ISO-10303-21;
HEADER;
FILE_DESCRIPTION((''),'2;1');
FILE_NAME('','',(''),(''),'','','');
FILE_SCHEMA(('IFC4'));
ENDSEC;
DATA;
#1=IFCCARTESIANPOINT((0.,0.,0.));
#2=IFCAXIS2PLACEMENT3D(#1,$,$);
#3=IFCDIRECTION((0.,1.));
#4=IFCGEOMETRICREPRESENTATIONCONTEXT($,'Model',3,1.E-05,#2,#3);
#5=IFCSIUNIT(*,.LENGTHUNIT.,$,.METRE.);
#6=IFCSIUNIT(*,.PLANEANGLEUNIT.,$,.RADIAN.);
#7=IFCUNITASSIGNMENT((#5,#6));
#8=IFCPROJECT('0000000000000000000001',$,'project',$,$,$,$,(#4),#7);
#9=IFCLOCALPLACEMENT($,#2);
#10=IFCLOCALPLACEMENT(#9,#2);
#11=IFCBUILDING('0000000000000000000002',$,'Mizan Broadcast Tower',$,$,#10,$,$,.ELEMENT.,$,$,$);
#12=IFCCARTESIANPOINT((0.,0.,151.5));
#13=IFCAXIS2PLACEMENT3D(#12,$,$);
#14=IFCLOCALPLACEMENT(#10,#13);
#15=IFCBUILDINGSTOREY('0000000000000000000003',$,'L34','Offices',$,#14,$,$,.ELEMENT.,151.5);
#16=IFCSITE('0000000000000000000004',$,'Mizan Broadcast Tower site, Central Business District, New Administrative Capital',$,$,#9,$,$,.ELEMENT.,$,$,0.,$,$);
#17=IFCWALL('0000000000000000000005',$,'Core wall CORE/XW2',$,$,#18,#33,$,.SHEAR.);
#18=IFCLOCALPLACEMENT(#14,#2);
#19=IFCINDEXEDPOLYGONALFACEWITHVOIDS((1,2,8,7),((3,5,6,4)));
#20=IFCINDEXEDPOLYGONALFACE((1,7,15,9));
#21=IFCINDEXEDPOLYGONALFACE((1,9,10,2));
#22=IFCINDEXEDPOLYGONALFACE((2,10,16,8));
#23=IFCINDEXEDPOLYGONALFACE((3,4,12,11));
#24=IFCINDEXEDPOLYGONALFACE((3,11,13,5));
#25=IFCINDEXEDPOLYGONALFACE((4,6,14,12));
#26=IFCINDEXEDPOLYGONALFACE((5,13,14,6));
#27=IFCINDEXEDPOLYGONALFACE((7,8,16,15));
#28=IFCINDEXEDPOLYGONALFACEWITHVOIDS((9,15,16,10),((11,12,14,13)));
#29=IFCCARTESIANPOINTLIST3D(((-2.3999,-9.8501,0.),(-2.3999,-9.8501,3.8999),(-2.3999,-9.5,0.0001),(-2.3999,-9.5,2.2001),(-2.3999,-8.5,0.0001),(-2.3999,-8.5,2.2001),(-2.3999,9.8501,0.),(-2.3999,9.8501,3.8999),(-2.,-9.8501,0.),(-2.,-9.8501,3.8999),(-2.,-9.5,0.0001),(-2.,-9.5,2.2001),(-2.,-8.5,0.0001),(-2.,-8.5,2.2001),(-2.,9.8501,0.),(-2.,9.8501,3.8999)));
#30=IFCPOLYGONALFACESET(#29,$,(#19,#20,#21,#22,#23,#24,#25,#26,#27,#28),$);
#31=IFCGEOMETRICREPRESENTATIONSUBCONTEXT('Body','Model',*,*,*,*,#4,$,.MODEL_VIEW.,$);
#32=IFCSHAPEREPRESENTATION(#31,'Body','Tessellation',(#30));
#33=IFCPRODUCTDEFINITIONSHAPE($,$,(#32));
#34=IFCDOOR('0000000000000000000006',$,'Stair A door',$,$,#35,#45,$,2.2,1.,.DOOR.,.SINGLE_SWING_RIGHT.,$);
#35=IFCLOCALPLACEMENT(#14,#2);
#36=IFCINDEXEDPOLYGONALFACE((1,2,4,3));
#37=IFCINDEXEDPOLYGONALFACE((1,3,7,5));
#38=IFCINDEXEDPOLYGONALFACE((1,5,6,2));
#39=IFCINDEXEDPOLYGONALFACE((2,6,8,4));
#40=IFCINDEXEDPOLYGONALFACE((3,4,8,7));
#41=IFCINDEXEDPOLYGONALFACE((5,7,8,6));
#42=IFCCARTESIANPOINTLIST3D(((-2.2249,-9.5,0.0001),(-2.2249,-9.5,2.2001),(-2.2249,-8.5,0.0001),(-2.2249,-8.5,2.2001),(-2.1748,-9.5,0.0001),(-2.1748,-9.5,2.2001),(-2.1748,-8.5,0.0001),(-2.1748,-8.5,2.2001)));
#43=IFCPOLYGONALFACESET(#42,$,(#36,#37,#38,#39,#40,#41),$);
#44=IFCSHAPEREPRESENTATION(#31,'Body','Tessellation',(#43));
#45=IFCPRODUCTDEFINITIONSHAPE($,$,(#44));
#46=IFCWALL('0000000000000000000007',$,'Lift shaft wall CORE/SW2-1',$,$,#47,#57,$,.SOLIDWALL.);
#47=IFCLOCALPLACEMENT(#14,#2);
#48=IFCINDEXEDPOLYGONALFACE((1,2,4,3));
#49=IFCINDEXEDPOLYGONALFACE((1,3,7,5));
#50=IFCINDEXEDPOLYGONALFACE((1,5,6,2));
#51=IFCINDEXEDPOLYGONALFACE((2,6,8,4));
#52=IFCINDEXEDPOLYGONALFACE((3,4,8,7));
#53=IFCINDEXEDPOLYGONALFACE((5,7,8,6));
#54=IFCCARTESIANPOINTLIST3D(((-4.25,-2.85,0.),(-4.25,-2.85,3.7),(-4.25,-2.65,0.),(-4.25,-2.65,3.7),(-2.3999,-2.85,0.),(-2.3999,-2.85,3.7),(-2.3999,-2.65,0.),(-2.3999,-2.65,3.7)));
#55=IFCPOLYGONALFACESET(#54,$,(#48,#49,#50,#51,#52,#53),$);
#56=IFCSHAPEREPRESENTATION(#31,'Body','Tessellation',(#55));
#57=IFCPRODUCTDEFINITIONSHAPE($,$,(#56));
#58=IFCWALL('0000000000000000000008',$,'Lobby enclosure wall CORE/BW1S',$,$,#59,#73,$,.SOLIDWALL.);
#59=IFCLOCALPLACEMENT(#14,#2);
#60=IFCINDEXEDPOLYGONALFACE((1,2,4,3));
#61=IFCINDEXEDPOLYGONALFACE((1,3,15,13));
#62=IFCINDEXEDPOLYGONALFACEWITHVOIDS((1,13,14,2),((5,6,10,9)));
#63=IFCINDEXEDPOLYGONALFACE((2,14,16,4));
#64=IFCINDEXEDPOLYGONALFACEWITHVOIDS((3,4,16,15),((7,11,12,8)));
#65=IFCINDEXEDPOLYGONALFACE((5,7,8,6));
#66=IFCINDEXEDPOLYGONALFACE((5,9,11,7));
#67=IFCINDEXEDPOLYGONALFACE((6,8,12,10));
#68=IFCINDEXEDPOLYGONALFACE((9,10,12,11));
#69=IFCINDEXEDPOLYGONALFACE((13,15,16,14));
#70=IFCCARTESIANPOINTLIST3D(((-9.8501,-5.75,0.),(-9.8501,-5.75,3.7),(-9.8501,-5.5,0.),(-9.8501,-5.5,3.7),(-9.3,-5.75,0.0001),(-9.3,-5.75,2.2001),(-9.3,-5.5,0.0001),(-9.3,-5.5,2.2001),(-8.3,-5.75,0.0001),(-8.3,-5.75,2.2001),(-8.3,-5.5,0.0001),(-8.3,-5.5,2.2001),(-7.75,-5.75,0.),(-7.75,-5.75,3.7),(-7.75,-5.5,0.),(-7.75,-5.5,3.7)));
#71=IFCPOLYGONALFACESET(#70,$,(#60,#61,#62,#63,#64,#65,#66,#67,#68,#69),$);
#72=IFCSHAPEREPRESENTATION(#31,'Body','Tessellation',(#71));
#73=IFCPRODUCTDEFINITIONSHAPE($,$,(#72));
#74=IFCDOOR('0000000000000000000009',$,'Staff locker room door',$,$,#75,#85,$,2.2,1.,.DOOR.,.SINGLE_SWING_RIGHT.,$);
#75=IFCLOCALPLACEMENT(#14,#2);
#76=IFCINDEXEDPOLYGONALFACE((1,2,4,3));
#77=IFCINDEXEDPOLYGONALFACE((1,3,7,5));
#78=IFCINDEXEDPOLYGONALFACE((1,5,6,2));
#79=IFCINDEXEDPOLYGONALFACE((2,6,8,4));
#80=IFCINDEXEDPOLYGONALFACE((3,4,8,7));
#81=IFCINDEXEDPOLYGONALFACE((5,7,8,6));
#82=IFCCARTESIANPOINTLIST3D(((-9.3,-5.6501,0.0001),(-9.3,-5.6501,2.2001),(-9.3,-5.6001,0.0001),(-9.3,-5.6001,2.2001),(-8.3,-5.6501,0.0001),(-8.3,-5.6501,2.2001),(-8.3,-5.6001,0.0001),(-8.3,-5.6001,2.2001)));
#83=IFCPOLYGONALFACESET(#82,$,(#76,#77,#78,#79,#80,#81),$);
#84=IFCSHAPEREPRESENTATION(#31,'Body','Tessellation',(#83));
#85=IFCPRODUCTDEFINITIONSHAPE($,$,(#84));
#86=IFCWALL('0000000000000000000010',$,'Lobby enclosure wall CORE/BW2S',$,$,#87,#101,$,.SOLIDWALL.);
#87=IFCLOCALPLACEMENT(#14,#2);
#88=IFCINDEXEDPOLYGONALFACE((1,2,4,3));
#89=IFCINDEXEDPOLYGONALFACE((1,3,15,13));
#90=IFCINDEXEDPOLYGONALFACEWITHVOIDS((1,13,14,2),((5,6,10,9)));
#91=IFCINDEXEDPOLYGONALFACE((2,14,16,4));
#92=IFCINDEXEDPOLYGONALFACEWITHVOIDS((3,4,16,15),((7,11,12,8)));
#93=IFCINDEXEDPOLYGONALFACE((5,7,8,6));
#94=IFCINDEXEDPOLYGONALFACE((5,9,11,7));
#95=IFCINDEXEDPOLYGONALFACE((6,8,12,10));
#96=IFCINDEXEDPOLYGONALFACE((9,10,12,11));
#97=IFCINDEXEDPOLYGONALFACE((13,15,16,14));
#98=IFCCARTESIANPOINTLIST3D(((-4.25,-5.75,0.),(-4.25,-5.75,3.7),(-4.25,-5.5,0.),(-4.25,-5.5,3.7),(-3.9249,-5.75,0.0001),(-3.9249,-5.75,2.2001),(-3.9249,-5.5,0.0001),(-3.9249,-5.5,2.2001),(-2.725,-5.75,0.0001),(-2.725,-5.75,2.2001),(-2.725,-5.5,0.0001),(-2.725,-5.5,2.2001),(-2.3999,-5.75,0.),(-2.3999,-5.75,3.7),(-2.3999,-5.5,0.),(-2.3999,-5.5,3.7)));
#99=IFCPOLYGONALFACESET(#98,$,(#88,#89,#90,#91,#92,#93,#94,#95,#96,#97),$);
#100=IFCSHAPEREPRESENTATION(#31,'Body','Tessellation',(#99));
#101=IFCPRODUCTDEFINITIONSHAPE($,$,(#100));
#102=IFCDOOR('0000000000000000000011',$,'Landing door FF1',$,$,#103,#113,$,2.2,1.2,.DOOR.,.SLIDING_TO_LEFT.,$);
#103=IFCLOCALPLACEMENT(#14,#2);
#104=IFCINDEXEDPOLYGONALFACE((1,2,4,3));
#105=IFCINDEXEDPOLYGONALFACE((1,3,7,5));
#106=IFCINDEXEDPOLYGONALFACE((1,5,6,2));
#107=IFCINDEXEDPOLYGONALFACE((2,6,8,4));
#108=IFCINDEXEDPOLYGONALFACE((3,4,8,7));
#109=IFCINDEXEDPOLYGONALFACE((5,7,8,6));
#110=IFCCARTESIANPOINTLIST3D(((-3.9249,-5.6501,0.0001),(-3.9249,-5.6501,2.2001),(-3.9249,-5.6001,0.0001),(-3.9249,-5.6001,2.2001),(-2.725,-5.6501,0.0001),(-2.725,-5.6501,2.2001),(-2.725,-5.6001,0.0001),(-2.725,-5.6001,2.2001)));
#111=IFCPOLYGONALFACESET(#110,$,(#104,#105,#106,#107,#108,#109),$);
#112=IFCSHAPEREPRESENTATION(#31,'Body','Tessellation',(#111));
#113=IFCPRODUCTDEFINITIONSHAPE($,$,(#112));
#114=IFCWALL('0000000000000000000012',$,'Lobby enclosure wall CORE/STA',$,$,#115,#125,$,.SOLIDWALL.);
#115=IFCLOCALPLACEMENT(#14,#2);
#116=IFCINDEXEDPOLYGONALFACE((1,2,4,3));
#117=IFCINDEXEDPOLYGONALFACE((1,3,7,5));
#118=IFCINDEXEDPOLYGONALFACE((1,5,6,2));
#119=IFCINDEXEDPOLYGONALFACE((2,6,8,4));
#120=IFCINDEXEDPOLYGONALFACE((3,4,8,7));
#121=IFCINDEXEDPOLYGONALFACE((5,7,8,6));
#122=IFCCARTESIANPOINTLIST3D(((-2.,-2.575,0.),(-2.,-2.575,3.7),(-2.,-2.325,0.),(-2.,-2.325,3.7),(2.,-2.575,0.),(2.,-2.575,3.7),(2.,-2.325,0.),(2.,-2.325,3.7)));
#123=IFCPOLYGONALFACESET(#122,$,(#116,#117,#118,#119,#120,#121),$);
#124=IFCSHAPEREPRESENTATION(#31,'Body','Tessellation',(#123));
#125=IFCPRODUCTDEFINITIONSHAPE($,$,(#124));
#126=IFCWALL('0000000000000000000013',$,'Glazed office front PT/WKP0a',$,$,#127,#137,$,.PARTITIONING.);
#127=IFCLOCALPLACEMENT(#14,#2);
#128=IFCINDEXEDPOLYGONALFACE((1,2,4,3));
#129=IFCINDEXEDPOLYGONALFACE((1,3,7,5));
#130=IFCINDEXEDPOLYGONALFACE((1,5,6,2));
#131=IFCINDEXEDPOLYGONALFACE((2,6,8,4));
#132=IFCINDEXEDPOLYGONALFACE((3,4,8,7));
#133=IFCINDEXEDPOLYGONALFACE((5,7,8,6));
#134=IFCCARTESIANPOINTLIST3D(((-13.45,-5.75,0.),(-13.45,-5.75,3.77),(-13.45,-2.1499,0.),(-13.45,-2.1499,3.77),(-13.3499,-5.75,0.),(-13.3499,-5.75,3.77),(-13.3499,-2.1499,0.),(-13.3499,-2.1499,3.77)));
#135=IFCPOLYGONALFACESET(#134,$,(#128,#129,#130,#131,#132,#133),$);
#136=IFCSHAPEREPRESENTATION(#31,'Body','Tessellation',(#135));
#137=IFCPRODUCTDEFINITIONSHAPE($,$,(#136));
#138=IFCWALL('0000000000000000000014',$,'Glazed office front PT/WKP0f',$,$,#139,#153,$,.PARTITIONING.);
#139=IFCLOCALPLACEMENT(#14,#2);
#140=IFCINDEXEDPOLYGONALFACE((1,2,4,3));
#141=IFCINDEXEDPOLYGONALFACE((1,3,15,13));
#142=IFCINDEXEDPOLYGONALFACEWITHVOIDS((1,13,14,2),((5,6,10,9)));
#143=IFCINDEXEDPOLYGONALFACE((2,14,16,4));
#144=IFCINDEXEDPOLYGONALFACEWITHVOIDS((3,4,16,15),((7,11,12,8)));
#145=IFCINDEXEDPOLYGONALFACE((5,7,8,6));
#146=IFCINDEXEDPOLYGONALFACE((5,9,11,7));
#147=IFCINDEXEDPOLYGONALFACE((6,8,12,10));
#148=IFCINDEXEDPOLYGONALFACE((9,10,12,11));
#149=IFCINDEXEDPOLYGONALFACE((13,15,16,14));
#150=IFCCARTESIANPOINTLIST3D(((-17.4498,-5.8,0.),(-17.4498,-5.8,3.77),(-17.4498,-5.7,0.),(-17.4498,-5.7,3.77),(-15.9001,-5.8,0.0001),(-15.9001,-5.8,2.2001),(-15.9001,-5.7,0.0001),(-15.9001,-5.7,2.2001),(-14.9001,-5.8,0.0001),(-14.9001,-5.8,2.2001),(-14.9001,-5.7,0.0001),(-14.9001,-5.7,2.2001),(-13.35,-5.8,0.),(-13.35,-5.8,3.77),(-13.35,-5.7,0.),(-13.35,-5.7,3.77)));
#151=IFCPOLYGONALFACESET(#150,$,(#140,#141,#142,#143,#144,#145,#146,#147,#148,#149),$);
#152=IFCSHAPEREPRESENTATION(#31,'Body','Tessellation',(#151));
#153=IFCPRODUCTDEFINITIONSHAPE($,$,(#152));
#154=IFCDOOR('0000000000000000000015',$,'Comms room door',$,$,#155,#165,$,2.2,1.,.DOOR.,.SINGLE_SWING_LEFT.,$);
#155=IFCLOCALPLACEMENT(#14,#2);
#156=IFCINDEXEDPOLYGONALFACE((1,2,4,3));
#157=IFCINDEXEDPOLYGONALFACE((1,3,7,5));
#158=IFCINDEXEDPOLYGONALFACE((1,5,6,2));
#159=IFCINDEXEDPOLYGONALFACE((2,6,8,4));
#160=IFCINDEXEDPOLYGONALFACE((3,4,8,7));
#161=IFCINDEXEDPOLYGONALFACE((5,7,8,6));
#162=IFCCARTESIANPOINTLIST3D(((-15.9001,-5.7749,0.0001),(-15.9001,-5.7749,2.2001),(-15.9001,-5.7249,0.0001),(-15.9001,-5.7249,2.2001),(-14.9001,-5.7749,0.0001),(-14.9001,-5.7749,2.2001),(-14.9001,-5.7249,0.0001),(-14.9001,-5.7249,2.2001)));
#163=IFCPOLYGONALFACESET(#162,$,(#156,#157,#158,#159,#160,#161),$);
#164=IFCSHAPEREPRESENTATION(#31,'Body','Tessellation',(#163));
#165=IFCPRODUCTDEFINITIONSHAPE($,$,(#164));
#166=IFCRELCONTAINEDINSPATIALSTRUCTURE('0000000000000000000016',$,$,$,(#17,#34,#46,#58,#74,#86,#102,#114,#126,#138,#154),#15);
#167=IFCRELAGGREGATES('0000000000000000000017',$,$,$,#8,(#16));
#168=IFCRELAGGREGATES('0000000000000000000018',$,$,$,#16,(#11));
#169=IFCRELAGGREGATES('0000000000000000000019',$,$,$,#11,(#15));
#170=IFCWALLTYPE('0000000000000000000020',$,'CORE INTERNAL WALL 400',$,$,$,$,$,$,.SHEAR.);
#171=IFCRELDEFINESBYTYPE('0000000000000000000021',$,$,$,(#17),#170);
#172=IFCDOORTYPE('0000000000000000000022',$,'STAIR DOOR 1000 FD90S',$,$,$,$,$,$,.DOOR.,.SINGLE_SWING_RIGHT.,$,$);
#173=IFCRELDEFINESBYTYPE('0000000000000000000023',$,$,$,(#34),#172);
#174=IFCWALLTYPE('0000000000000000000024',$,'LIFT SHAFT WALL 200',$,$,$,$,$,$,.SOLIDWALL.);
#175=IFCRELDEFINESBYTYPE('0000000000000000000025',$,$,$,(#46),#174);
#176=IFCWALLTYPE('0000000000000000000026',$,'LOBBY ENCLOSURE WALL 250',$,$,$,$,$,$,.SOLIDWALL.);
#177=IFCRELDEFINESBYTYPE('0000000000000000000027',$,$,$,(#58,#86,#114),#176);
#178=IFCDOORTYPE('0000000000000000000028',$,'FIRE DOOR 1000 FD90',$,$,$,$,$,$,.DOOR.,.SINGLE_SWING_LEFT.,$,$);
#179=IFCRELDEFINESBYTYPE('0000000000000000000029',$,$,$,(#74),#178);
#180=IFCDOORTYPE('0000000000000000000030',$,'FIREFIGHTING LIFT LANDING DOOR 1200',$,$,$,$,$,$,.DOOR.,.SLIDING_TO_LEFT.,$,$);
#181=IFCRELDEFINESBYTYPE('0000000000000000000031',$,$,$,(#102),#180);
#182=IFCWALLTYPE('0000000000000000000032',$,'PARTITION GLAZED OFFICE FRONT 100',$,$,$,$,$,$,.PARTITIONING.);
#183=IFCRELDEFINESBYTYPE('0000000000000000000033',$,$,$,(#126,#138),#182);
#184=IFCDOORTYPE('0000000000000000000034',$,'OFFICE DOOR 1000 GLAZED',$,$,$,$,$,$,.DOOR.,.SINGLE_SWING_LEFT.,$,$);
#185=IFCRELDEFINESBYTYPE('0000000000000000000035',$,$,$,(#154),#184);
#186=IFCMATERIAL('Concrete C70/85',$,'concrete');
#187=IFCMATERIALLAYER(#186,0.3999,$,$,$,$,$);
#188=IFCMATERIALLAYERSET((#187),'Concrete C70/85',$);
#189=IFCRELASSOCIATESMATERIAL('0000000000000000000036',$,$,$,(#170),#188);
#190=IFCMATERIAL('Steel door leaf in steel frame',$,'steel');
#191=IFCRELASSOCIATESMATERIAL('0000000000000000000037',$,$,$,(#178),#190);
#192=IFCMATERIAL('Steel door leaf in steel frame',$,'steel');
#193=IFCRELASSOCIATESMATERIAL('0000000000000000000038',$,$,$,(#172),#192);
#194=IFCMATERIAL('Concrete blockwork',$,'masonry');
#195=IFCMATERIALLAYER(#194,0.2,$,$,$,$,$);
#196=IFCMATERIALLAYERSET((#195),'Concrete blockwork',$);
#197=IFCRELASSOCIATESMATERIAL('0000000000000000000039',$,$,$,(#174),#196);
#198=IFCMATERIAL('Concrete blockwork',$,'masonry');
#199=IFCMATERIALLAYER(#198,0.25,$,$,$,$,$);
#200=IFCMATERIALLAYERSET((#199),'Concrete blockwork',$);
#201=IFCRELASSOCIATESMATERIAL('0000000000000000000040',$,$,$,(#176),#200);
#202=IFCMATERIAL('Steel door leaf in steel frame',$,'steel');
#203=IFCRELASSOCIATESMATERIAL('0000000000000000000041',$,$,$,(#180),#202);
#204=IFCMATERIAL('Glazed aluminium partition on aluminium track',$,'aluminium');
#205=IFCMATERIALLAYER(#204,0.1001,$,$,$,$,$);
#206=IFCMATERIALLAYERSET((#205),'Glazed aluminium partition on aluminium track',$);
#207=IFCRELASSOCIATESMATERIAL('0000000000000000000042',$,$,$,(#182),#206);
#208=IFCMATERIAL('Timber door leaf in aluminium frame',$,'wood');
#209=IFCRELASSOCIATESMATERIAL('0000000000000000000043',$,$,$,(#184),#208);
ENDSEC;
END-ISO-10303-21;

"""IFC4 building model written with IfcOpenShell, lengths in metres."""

from ifc_helpers import new_model, si_unit, direction, frame, frame_2d, origin, place, context, subcontext, project, spatial, rectangle, extrude, material, layer, layer_set, type_object, element, fill, save


model = new_model("IFC4")

# Units and contexts
model_context = context("Model", 3, precision=1e-05, world=origin(), true_north=direction((0.0, 1.0)))
body_context = subcontext(model_context, "Body", "Model", "MODEL_VIEW")
ifc_project = project(units=[si_unit("LENGTHUNIT", "METRE"), si_unit("PLANEANGLEUNIT", "RADIAN")], contexts=[model_context])

# Site, building, storey
site_placement = place(None, origin())
site = spatial("IfcSite", under=ifc_project, at=site_placement, Name="Mizan Broadcast Tower site, Central Business District, New Administrative Capital", CompositionType="ELEMENT", RefElevation=0.0)
building_placement = place(site_placement, origin())
building = spatial("IfcBuilding", under=site, at=building_placement, Name="Mizan Broadcast Tower", CompositionType="ELEMENT")
storey_placement = place(building_placement, frame((0.0, 0.0, 151.5)))
storey = spatial("IfcBuildingStorey", under=building, at=storey_placement, Name="L34", Description="Offices", CompositionType="ELEMENT", Elevation=151.5)

# Shared definitions
ifc_material_1 = material(Name="Concrete C70/85", Category="concrete")
ifc_layer_1 = layer(ifc_material_1, 0.3999)
ifc_layer_set_1 = layer_set([ifc_layer_1], Name="Concrete C70/85")
wall_type_1 = type_object("IfcWallType", Name="CORE INTERNAL WALL 400", PredefinedType="SHEAR", material=ifc_layer_set_1)
ifc_material_2 = material(Name="Steel door leaf in steel frame", Category="steel")
door_type_1 = type_object("IfcDoorType", Name="FIRE DOOR 1000 FD90", OperationType="SINGLE_SWING_LEFT", PredefinedType="DOOR", material=ifc_material_2)

# Wall, opening, door
wall_1_placement = place(storey_placement, frame((-2.2, -9.8501, 0.0), z_axis=(0.0, 0.0, 1.0), x_axis=(0.0, 1.0, 0.0)))
wall_1 = element("IfcWall", 1, at=wall_1_placement, inside=storey, type_object=wall_type_1, Name="Core wall CORE/XW2", PredefinedType="SHEAR", context=body_context, shape_type="SweptSolid", body=[
    extrude(rectangle(XDim=19.7002, YDim=0.3999, at=frame_2d((9.8501, 0.0))), origin(), (0.0, 0.0, 1.0), 3.8999),
])
opening_1_placement = place(wall_1_placement, frame((0.3501, 0.0, 0.0)))
opening_1 = element("IfcOpeningElement", 2, at=opening_1_placement, cuts=wall_1, PredefinedType="OPENING", context=body_context, shape_type="SweptSolid", body=[
    extrude(rectangle(XDim=1.0, YDim=2.2, at=frame_2d((0.5, 1.1001))), frame((0.0, 0.21, 0.0), z_axis=(0.0, -1.0, 0.0), x_axis=(1.0, 0.0, 0.0)), (0.0, 0.0, 1.0), 0.4199),
])
ifc_material_3 = material(Name="Steel door leaf in steel frame", Category="steel")
door_type_2 = type_object("IfcDoorType", Name="STAIR DOOR 1000 FD90S", OperationType="SINGLE_SWING_RIGHT", PredefinedType="DOOR", material=ifc_material_3)
door_1_placement = place(opening_1_placement, origin())
door_1 = element("IfcDoor", 3, at=door_1_placement, inside=storey, type_object=door_type_2, Name="Stair A door", OperationType="SINGLE_SWING_RIGHT", OverallHeight=2.2, OverallWidth=1.0, PredefinedType="DOOR", context=body_context, shape_type="SweptSolid", body=[
    extrude(rectangle(XDim=1.0, YDim=2.2, at=frame_2d((0.5, 1.1001))), frame((0.0, 0.0249, 0.0), z_axis=(0.0, -1.0, 0.0), x_axis=(1.0, 0.0, 0.0)), (0.0, 0.0, 1.0), 0.05),
])
fill(opening_1, door_1)

# Wall
ifc_material_4 = material(Name="Concrete blockwork", Category="masonry")
ifc_layer_2 = layer(ifc_material_4, 0.2)
ifc_layer_set_2 = layer_set([ifc_layer_2], Name="Concrete blockwork")
wall_type_2 = type_object("IfcWallType", Name="LIFT SHAFT WALL 200", PredefinedType="SOLIDWALL", material=ifc_layer_set_2)
wall_2_placement = place(storey_placement, frame((-4.25, -2.75, 0.0), z_axis=(0.0, 0.0, 1.0), x_axis=(1.0, 0.0, 0.0)))
element("IfcWall", 4, at=wall_2_placement, inside=storey, type_object=wall_type_2, Name="Lift shaft wall CORE/SW2-1", PredefinedType="SOLIDWALL", context=body_context, shape_type="SweptSolid", body=[
    extrude(rectangle(XDim=1.8501, YDim=0.2, at=frame_2d((0.925, 0.0))), origin(), (0.0, 0.0, 1.0), 3.7),
])

# Walls, openings, doors
ifc_material_5 = material(Name="Concrete blockwork", Category="masonry")
ifc_layer_3 = layer(ifc_material_5, 0.25)
ifc_layer_set_3 = layer_set([ifc_layer_3], Name="Concrete blockwork")
wall_type_3 = type_object("IfcWallType", Name="LOBBY ENCLOSURE WALL 250", PredefinedType="SOLIDWALL", material=ifc_layer_set_3)
wall_3_placement = place(storey_placement, frame((-9.8501, -5.625, 0.0), z_axis=(0.0, 0.0, 1.0), x_axis=(1.0, 0.0, 0.0)))
wall_3 = element("IfcWall", 5, at=wall_3_placement, inside=storey, type_object=wall_type_3, Name="Lobby enclosure wall CORE/BW1S", PredefinedType="SOLIDWALL", context=body_context, shape_type="SweptSolid", body=[
    extrude(rectangle(XDim=2.1001, YDim=0.25, at=frame_2d((1.05, 0.0))), origin(), (0.0, 0.0, 1.0), 3.7),
])
opening_2_placement = place(wall_3_placement, frame((0.55, 0.0, 0.0)))
opening_2 = element("IfcOpeningElement", 6, at=opening_2_placement, cuts=wall_3, PredefinedType="OPENING", context=body_context, shape_type="SweptSolid", body=[
    extrude(rectangle(XDim=1.0, YDim=2.2, at=frame_2d((0.5, 1.1001))), frame((0.0, 0.135, 0.0), z_axis=(0.0, -1.0, 0.0), x_axis=(1.0, 0.0, 0.0)), (0.0, 0.0, 1.0), 0.27),
])
door_2_placement = place(opening_2_placement, origin())
door_2 = element("IfcDoor", 7, at=door_2_placement, inside=storey, type_object=door_type_1, Name="Staff locker room door", OperationType="SINGLE_SWING_RIGHT", OverallHeight=2.2, OverallWidth=1.0, PredefinedType="DOOR", context=body_context, shape_type="SweptSolid", body=[
    extrude(rectangle(XDim=1.0, YDim=2.2, at=frame_2d((0.5, 1.1001))), frame((0.0, 0.0249, 0.0), z_axis=(0.0, -1.0, 0.0), x_axis=(1.0, 0.0, 0.0)), (0.0, 0.0, 1.0), 0.05),
])
fill(opening_2, door_2)
wall_4_placement = place(storey_placement, frame((-4.25, -5.625, 0.0), z_axis=(0.0, 0.0, 1.0), x_axis=(1.0, 0.0, 0.0)))
wall_4 = element("IfcWall", 8, at=wall_4_placement, inside=storey, type_object=wall_type_3, Name="Lobby enclosure wall CORE/BW2S", PredefinedType="SOLIDWALL", context=body_context, shape_type="SweptSolid", body=[
    extrude(rectangle(XDim=1.8501, YDim=0.25, at=frame_2d((0.925, 0.0))), origin(), (0.0, 0.0, 1.0), 3.7),
])
opening_3_placement = place(wall_4_placement, frame((0.325, 0.0, 0.0)))
opening_3 = element("IfcOpeningElement", 9, at=opening_3_placement, cuts=wall_4, PredefinedType="OPENING", context=body_context, shape_type="SweptSolid", body=[
    extrude(rectangle(XDim=1.2, YDim=2.2, at=frame_2d((0.6001, 1.1001))), frame((0.0, 0.135, 0.0), z_axis=(0.0, -1.0, 0.0), x_axis=(1.0, 0.0, 0.0)), (0.0, 0.0, 1.0), 0.27),
])
ifc_material_6 = material(Name="Steel door leaf in steel frame", Category="steel")
door_type_3 = type_object("IfcDoorType", Name="FIREFIGHTING LIFT LANDING DOOR 1200", OperationType="SLIDING_TO_LEFT", PredefinedType="DOOR", material=ifc_material_6)
door_3_placement = place(opening_3_placement, origin())
door_3 = element("IfcDoor", 10, at=door_3_placement, inside=storey, type_object=door_type_3, Name="Landing door FF1", OperationType="SLIDING_TO_LEFT", OverallHeight=2.2, OverallWidth=1.2, PredefinedType="DOOR", context=body_context, shape_type="SweptSolid", body=[
    extrude(rectangle(XDim=1.2, YDim=2.2, at=frame_2d((0.6001, 1.1001))), frame((0.0, 0.0249, 0.0), z_axis=(0.0, -1.0, 0.0), x_axis=(1.0, 0.0, 0.0)), (0.0, 0.0, 1.0), 0.05),
])
fill(opening_3, door_3)

# Walls
wall_5_placement = place(storey_placement, frame((-2.0, -2.45, 0.0), z_axis=(0.0, 0.0, 1.0), x_axis=(1.0, 0.0, 0.0)))
element("IfcWall", 11, at=wall_5_placement, inside=storey, type_object=wall_type_3, Name="Lobby enclosure wall CORE/STA", PredefinedType="SOLIDWALL", context=body_context, shape_type="SweptSolid", body=[
    extrude(rectangle(XDim=4.0, YDim=0.25, at=frame_2d((2.0, 0.0))), origin(), (0.0, 0.0, 1.0), 3.7),
])
ifc_material_7 = material(Name="Glazed aluminium partition on aluminium track", Category="aluminium")
ifc_layer_4 = layer(ifc_material_7, 0.1001)
ifc_layer_set_4 = layer_set([ifc_layer_4], Name="Glazed aluminium partition on aluminium track")
wall_type_4 = type_object("IfcWallType", Name="PARTITION GLAZED OFFICE FRONT 100", PredefinedType="PARTITIONING", material=ifc_layer_set_4)
wall_6_placement = place(storey_placement, frame((-13.3999, -2.1499, 0.0), z_axis=(0.0, 0.0, 1.0), x_axis=(0.0, -1.0, 0.0)))
element("IfcWall", 12, at=wall_6_placement, inside=storey, type_object=wall_type_4, Name="Glazed office front PT/WKP0a", PredefinedType="PARTITIONING", context=body_context, shape_type="SweptSolid", body=[
    extrude(rectangle(XDim=3.6001, YDim=0.1001, at=frame_2d((1.8, 0.0))), origin(), (0.0, 0.0, 1.0), 3.77),
])

# Wall, opening, door
wall_7_placement = place(storey_placement, frame((-13.3501, -5.75, 0.0), z_axis=(0.0, 0.0, 1.0), x_axis=(-1.0, 0.0, 0.0)))
wall_7 = element("IfcWall", 13, at=wall_7_placement, inside=storey, type_object=wall_type_4, Name="Glazed office front PT/WKP0f", PredefinedType="PARTITIONING", context=body_context, shape_type="SweptSolid", body=[
    extrude(rectangle(XDim=4.0999, YDim=0.1001, at=frame_2d((2.0498, 0.0))), origin(), (0.0, 0.0, 1.0), 3.77),
])
opening_4_placement = place(wall_7_placement, frame((1.55, 0.0, 0.0)))
opening_4 = element("IfcOpeningElement", 14, at=opening_4_placement, cuts=wall_7, PredefinedType="OPENING", context=body_context, shape_type="SweptSolid", body=[
    extrude(rectangle(XDim=1.0, YDim=2.2, at=frame_2d((0.5, 1.1001))), frame((0.0, 0.0601, 0.0), z_axis=(0.0, -1.0, 0.0), x_axis=(1.0, 0.0, 0.0)), (0.0, 0.0, 1.0), 0.1201),
])
ifc_material_8 = material(Name="Timber door leaf in aluminium frame", Category="wood")
door_type_4 = type_object("IfcDoorType", Name="OFFICE DOOR 1000 GLAZED", OperationType="SINGLE_SWING_LEFT", PredefinedType="DOOR", material=ifc_material_8)
door_4_placement = place(opening_4_placement, origin())
door_4 = element("IfcDoor", 15, at=door_4_placement, inside=storey, type_object=door_type_4, Name="Comms room door", OperationType="SINGLE_SWING_LEFT", OverallHeight=2.2, OverallWidth=1.0, PredefinedType="DOOR", context=body_context, shape_type="SweptSolid", body=[
    extrude(rectangle(XDim=1.0, YDim=2.2, at=frame_2d((0.5, 1.1001))), frame((0.0, 0.0249, 0.0), z_axis=(0.0, -1.0, 0.0), x_axis=(1.0, 0.0, 0.0)), (0.0, 0.0, 1.0), 0.05),
])
fill(opening_4, door_4)

save(model, "model.ifc")
